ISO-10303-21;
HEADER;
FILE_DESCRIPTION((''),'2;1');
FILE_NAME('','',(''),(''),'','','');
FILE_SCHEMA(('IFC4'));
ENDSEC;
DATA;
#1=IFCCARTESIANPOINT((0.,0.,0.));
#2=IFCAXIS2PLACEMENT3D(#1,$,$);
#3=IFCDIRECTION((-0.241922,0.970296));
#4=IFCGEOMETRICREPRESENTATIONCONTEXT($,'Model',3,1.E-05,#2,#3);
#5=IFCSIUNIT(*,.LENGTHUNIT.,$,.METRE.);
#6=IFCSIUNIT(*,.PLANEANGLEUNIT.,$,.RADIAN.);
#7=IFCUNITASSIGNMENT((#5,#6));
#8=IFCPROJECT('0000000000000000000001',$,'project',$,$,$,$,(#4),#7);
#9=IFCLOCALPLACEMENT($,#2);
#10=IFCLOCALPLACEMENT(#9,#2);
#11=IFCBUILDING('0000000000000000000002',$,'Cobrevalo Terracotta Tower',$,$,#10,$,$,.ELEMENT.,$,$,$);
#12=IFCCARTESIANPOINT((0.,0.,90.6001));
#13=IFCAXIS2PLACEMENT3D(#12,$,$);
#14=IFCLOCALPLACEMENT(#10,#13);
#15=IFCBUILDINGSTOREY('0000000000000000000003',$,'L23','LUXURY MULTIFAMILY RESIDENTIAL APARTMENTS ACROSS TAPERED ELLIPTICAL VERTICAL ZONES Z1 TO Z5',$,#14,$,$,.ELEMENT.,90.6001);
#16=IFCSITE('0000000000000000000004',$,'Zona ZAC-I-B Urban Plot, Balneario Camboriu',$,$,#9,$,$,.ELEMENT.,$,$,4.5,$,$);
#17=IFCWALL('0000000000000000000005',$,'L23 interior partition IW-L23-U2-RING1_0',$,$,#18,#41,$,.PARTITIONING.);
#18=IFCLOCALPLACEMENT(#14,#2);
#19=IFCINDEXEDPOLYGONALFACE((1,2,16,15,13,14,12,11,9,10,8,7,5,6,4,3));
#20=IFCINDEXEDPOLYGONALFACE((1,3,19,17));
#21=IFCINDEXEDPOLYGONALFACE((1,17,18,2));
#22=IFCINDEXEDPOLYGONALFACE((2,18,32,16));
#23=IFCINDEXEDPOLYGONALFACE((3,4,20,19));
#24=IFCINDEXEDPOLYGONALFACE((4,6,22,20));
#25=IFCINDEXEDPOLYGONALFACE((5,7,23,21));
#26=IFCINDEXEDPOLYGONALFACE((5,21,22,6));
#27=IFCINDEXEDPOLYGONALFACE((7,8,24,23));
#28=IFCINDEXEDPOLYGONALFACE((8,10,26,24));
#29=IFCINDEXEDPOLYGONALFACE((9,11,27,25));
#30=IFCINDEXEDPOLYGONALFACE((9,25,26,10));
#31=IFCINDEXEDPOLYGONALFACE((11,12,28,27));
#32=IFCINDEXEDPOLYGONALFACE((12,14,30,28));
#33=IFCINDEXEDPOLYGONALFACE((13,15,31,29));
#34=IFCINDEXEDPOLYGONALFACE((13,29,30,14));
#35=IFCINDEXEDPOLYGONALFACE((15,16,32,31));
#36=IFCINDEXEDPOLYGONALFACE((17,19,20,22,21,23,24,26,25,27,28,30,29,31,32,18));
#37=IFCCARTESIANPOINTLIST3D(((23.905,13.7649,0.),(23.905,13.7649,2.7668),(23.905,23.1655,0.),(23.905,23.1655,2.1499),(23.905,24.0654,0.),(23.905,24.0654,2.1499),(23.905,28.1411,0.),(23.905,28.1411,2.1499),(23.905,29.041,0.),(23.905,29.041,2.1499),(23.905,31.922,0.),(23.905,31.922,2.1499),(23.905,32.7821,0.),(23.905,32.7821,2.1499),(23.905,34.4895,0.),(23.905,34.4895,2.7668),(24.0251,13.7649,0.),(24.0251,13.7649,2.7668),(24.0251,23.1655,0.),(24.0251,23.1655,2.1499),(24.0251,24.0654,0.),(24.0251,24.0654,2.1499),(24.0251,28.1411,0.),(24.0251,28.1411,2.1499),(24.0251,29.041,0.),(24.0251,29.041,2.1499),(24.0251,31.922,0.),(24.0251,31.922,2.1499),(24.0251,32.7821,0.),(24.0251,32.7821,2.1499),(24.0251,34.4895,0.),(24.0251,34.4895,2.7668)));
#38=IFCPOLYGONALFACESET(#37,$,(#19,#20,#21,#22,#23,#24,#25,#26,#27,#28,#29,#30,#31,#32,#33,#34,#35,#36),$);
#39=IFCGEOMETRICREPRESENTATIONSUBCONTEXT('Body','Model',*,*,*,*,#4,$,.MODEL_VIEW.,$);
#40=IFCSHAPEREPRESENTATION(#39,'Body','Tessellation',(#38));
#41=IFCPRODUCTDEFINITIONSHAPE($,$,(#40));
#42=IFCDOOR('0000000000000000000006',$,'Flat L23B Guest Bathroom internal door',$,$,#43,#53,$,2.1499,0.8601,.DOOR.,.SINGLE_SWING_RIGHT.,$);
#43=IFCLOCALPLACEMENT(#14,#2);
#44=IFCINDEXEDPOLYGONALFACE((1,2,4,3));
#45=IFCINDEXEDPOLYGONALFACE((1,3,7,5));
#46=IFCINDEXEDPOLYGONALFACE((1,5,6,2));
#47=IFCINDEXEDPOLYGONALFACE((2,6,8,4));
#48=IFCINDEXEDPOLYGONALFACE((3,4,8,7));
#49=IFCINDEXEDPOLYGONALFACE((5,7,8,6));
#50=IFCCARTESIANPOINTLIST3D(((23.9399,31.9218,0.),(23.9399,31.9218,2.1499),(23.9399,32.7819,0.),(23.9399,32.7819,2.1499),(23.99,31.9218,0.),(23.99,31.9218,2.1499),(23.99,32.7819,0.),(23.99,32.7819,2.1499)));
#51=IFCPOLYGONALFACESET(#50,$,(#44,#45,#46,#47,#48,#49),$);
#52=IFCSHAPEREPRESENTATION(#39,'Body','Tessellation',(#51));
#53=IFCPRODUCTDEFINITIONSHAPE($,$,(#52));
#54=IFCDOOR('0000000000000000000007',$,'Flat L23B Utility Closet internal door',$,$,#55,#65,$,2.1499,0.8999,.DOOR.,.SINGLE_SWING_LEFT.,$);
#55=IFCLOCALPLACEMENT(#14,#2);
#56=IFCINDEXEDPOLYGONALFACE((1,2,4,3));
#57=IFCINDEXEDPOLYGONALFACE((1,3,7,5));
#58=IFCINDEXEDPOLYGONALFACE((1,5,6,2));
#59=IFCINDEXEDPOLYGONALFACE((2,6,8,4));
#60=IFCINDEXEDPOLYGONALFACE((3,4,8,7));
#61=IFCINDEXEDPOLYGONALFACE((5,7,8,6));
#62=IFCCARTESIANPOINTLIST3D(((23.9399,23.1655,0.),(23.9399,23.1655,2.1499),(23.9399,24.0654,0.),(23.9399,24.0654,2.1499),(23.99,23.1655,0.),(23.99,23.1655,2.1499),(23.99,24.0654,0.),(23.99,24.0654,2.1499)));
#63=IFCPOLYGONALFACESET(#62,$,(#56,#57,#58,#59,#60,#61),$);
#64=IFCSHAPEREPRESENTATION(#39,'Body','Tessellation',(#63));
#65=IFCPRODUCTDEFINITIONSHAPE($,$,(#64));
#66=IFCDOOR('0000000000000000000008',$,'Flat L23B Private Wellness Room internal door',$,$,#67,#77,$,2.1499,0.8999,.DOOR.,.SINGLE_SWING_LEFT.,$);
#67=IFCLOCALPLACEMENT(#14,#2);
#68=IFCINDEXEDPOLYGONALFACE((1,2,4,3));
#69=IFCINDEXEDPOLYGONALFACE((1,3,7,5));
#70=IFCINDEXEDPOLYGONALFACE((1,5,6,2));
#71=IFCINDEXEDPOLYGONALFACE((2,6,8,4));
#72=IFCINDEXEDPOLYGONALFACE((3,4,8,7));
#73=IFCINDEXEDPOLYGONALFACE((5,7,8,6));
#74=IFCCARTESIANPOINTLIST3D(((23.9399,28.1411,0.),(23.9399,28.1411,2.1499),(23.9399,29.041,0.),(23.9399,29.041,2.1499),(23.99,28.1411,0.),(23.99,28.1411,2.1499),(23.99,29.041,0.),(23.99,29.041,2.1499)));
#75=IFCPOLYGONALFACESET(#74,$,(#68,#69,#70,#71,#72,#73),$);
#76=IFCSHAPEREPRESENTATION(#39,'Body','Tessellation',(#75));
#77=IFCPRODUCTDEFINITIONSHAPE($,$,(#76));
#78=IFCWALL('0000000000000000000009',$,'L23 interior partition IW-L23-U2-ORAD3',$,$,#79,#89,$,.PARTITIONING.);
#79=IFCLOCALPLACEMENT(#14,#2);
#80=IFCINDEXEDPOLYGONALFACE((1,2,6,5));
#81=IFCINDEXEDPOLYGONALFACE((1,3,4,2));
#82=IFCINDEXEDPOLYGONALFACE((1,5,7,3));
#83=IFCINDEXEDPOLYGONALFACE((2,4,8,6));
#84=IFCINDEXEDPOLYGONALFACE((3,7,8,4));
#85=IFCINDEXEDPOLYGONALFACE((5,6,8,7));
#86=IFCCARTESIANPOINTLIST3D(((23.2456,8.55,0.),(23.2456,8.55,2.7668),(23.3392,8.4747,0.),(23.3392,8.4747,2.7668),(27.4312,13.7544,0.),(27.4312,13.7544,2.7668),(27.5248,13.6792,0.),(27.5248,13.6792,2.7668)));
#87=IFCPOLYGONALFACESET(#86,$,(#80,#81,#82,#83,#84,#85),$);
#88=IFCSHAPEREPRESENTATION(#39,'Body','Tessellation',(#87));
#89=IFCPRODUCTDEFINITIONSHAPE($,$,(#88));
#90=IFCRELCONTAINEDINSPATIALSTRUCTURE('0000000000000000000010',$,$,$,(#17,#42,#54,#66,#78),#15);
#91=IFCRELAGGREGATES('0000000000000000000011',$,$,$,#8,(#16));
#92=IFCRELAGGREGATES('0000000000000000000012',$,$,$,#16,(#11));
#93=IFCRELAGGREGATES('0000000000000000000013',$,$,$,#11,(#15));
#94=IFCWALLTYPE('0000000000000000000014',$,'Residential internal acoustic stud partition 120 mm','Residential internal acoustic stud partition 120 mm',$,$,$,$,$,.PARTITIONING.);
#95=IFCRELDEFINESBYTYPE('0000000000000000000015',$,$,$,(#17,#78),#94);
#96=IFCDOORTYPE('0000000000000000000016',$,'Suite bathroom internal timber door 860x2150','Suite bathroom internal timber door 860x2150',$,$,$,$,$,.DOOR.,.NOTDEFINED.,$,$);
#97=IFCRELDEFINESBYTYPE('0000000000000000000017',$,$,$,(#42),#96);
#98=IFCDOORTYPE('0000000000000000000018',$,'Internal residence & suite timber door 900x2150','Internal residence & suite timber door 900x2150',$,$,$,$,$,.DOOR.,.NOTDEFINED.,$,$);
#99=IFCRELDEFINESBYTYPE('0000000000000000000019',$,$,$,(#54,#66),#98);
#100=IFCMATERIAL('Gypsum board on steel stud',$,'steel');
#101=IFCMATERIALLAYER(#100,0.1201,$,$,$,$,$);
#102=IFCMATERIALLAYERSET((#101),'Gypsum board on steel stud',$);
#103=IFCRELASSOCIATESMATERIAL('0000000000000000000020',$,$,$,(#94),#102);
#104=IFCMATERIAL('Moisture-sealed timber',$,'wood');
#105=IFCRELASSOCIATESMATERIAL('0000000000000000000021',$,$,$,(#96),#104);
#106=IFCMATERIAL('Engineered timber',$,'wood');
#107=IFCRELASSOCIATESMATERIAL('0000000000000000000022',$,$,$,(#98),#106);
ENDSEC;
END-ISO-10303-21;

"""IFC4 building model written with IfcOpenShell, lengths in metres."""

from ifc_helpers import new_model, si_unit, direction, frame, frame_2d, origin, place, context, subcontext, project, spatial, rectangle, extrude, source, transform, mapped, material, layer, layer_set, type_object, element, fill, save


model = new_model("IFC4")

# Units and contexts
model_context = context("Model", 3, precision=1e-05, world=origin(), true_north=direction((-0.241922, 0.970296)))
body_context = subcontext(model_context, "Body", "Model", "MODEL_VIEW")
ifc_project = project(units=[si_unit("LENGTHUNIT", "METRE"), si_unit("PLANEANGLEUNIT", "RADIAN")], contexts=[model_context])

# Site, building, storey
site_placement = place(None, origin())
site = spatial("IfcSite", under=ifc_project, at=site_placement, Name="Zona ZAC-I-B Urban Plot, Balneario Camboriu", CompositionType="ELEMENT", RefElevation=4.5)
building_placement = place(site_placement, origin())
building = spatial("IfcBuilding", under=site, at=building_placement, Name="Cobrevalo Terracotta Tower", CompositionType="ELEMENT")
storey_placement = place(building_placement, frame((0.0, 0.0, 90.6001)))
storey = spatial("IfcBuildingStorey", under=building, at=storey_placement, Name="L23", Description="LUXURY MULTIFAMILY RESIDENTIAL APARTMENTS ACROSS TAPERED ELLIPTICAL VERTICAL ZONES Z1 TO Z5", CompositionType="ELEMENT", Elevation=90.6001)

# Wall, openings, doors
ifc_material_1 = material(Name="Gypsum board on steel stud", Category="steel")
ifc_layer_1 = layer(ifc_material_1, 0.1201)
ifc_layer_set_1 = layer_set([ifc_layer_1], Name="Gypsum board on steel stud")
wall_type_1 = type_object("IfcWallType", Name="Residential internal acoustic stud partition 120 mm", Description="Residential internal acoustic stud partition 120 mm", PredefinedType="PARTITIONING", material=ifc_layer_set_1)
wall_1_placement = place(storey_placement, frame((23.9651, 13.7649, 0.0), z_axis=(0.0, 0.0, 1.0), x_axis=(0.0, 1.0, 0.0)))
wall_1 = element("IfcWall", 1, at=wall_1_placement, inside=storey, type_object=wall_type_1, Name="L23 interior partition IW-L23-U2-RING1_0", PredefinedType="PARTITIONING", context=body_context, shape_type="SweptSolid", body=[
    extrude(rectangle(XDim=20.7246, YDim=0.1201, at=frame_2d((10.3623, 0.0))), origin(), (0.0, 0.0, 1.0), 2.7668),
])
opening_1_placement = place(wall_1_placement, frame((9.4006, 0.0, 0.0)))
opening_1 = element("IfcOpeningElement", 2, at=opening_1_placement, cuts=wall_1, PredefinedType="OPENING", context=body_context, shape_type="SweptSolid", body=[
    extrude(rectangle(XDim=0.8999, YDim=2.1499, at=frame_2d((0.45, 1.075))), frame((0.0, 0.0701, 0.0), z_axis=(0.0, -1.0, 0.0), x_axis=(1.0, 0.0, 0.0)), (0.0, 0.0, 1.0), 0.1401),
])
opening_2_placement = place(wall_1_placement, frame((18.157, 0.0, 0.0)))
opening_2 = element("IfcOpeningElement", 3, at=opening_2_placement, cuts=wall_1, PredefinedType="OPENING", context=body_context, shape_type="SweptSolid", body=[
    extrude(rectangle(XDim=0.8601, YDim=2.1499, at=frame_2d((0.4302, 1.075))), frame((0.0, 0.0701, 0.0), z_axis=(0.0, -1.0, 0.0), x_axis=(1.0, 0.0, 0.0)), (0.0, 0.0, 1.0), 0.1401),
])
opening_3_placement = place(wall_1_placement, frame((14.3762, 0.0, 0.0)))
opening_3 = element("IfcOpeningElement", 4, at=opening_3_placement, cuts=wall_1, PredefinedType="OPENING", context=body_context, shape_type="SweptSolid", body=[
    extrude(rectangle(XDim=0.8999, YDim=2.1499, at=frame_2d((0.45, 1.075))), frame((0.0, 0.0701, 0.0), z_axis=(0.0, -1.0, 0.0), x_axis=(1.0, 0.0, 0.0)), (0.0, 0.0, 1.0), 0.1401),
])
ifc_material_2 = material(Name="Moisture-sealed timber", Category="wood")
door_type_1 = type_object("IfcDoorType", Name="Suite bathroom internal timber door 860x2150", Description="Suite bathroom internal timber door 860x2150", OperationType="NOTDEFINED", PredefinedType="DOOR", material=ifc_material_2)
shared_shape_1 = source(origin(), body_context, "Body", "SweptSolid", [
    extrude(rectangle(XDim=0.8601, YDim=2.1499, at=frame_2d((0.4302, 1.075))), frame((0.0, 0.0249, 0.0), z_axis=(0.0, -1.0, 0.0), x_axis=(1.0, 0.0, 0.0)), (0.0, 0.0, 1.0), 0.05),
])
door_1_placement = place(opening_2_placement, frame((0.8601, 0.0, 0.0), z_axis=(0.0, 0.0, 1.0), x_axis=(-1.0, 0.0, 0.0)))
door_1 = element("IfcDoor", 5, at=door_1_placement, inside=storey, type_object=door_type_1, Name="Flat L23B Guest Bathroom internal door", OperationType="SINGLE_SWING_RIGHT", OverallHeight=2.1499, OverallWidth=0.8601, PredefinedType="DOOR", context=body_context, shape_type="MappedRepresentation", body=[
    mapped(shared_shape_1, transform((0.0, 0.0, 0.0), scale=1.0)),
])
fill(opening_2, door_1)
ifc_material_3 = material(Name="Engineered timber", Category="wood")
door_type_2 = type_object("IfcDoorType", Name="Internal residence & suite timber door 900x2150", Description="Internal residence & suite timber door 900x2150", OperationType="NOTDEFINED", PredefinedType="DOOR", material=ifc_material_3)
shared_shape_2 = source(origin(), body_context, "Body", "SweptSolid", [
    extrude(rectangle(XDim=0.8999, YDim=2.1499, at=frame_2d((0.45, 1.075))), frame((0.0, 0.0249, 0.0), z_axis=(0.0, -1.0, 0.0), x_axis=(1.0, 0.0, 0.0)), (0.0, 0.0, 1.0), 0.05),
])
door_2_placement = place(opening_1_placement, frame((0.8999, 0.0, 0.0), z_axis=(0.0, 0.0, 1.0), x_axis=(-1.0, 0.0, 0.0)))
door_2 = element("IfcDoor", 6, at=door_2_placement, inside=storey, type_object=door_type_2, Name="Flat L23B Utility Closet internal door", OperationType="SINGLE_SWING_LEFT", OverallHeight=2.1499, OverallWidth=0.8999, PredefinedType="DOOR", context=body_context, shape_type="MappedRepresentation", body=[
    mapped(shared_shape_2, transform((0.0, 0.0, 0.0), scale=1.0)),
])
fill(opening_1, door_2)
door_3_placement = place(opening_3_placement, frame((0.8999, 0.0, 0.0), z_axis=(0.0, 0.0, 1.0), x_axis=(-1.0, 0.0, 0.0)))
door_3 = element("IfcDoor", 7, at=door_3_placement, inside=storey, type_object=door_type_2, Name="Flat L23B Private Wellness Room internal door", OperationType="SINGLE_SWING_LEFT", OverallHeight=2.1499, OverallWidth=0.8999, PredefinedType="DOOR", context=body_context, shape_type="MappedRepresentation", body=[
    mapped(shared_shape_2, transform((0.0, 0.0, 0.0), scale=1.0)),
])
fill(opening_3, door_3)

# Wall
wall_2_placement = place(storey_placement, frame((27.478, 13.7168, 0.0), z_axis=(0.0, 0.0, 1.0), x_axis=(-0.626708, -0.779254, 0.0)))
element("IfcWall", 8, at=wall_2_placement, inside=storey, type_object=wall_type_1, Name="L23 interior partition IW-L23-U2-ORAD3", PredefinedType="PARTITIONING", context=body_context, shape_type="SweptSolid", body=[
    extrude(rectangle(XDim=6.6787, YDim=0.1201, at=frame_2d((3.3394, 0.0))), origin(), (0.0, 0.0, 1.0), 2.7668),
])

save(model, "model.ifc")
